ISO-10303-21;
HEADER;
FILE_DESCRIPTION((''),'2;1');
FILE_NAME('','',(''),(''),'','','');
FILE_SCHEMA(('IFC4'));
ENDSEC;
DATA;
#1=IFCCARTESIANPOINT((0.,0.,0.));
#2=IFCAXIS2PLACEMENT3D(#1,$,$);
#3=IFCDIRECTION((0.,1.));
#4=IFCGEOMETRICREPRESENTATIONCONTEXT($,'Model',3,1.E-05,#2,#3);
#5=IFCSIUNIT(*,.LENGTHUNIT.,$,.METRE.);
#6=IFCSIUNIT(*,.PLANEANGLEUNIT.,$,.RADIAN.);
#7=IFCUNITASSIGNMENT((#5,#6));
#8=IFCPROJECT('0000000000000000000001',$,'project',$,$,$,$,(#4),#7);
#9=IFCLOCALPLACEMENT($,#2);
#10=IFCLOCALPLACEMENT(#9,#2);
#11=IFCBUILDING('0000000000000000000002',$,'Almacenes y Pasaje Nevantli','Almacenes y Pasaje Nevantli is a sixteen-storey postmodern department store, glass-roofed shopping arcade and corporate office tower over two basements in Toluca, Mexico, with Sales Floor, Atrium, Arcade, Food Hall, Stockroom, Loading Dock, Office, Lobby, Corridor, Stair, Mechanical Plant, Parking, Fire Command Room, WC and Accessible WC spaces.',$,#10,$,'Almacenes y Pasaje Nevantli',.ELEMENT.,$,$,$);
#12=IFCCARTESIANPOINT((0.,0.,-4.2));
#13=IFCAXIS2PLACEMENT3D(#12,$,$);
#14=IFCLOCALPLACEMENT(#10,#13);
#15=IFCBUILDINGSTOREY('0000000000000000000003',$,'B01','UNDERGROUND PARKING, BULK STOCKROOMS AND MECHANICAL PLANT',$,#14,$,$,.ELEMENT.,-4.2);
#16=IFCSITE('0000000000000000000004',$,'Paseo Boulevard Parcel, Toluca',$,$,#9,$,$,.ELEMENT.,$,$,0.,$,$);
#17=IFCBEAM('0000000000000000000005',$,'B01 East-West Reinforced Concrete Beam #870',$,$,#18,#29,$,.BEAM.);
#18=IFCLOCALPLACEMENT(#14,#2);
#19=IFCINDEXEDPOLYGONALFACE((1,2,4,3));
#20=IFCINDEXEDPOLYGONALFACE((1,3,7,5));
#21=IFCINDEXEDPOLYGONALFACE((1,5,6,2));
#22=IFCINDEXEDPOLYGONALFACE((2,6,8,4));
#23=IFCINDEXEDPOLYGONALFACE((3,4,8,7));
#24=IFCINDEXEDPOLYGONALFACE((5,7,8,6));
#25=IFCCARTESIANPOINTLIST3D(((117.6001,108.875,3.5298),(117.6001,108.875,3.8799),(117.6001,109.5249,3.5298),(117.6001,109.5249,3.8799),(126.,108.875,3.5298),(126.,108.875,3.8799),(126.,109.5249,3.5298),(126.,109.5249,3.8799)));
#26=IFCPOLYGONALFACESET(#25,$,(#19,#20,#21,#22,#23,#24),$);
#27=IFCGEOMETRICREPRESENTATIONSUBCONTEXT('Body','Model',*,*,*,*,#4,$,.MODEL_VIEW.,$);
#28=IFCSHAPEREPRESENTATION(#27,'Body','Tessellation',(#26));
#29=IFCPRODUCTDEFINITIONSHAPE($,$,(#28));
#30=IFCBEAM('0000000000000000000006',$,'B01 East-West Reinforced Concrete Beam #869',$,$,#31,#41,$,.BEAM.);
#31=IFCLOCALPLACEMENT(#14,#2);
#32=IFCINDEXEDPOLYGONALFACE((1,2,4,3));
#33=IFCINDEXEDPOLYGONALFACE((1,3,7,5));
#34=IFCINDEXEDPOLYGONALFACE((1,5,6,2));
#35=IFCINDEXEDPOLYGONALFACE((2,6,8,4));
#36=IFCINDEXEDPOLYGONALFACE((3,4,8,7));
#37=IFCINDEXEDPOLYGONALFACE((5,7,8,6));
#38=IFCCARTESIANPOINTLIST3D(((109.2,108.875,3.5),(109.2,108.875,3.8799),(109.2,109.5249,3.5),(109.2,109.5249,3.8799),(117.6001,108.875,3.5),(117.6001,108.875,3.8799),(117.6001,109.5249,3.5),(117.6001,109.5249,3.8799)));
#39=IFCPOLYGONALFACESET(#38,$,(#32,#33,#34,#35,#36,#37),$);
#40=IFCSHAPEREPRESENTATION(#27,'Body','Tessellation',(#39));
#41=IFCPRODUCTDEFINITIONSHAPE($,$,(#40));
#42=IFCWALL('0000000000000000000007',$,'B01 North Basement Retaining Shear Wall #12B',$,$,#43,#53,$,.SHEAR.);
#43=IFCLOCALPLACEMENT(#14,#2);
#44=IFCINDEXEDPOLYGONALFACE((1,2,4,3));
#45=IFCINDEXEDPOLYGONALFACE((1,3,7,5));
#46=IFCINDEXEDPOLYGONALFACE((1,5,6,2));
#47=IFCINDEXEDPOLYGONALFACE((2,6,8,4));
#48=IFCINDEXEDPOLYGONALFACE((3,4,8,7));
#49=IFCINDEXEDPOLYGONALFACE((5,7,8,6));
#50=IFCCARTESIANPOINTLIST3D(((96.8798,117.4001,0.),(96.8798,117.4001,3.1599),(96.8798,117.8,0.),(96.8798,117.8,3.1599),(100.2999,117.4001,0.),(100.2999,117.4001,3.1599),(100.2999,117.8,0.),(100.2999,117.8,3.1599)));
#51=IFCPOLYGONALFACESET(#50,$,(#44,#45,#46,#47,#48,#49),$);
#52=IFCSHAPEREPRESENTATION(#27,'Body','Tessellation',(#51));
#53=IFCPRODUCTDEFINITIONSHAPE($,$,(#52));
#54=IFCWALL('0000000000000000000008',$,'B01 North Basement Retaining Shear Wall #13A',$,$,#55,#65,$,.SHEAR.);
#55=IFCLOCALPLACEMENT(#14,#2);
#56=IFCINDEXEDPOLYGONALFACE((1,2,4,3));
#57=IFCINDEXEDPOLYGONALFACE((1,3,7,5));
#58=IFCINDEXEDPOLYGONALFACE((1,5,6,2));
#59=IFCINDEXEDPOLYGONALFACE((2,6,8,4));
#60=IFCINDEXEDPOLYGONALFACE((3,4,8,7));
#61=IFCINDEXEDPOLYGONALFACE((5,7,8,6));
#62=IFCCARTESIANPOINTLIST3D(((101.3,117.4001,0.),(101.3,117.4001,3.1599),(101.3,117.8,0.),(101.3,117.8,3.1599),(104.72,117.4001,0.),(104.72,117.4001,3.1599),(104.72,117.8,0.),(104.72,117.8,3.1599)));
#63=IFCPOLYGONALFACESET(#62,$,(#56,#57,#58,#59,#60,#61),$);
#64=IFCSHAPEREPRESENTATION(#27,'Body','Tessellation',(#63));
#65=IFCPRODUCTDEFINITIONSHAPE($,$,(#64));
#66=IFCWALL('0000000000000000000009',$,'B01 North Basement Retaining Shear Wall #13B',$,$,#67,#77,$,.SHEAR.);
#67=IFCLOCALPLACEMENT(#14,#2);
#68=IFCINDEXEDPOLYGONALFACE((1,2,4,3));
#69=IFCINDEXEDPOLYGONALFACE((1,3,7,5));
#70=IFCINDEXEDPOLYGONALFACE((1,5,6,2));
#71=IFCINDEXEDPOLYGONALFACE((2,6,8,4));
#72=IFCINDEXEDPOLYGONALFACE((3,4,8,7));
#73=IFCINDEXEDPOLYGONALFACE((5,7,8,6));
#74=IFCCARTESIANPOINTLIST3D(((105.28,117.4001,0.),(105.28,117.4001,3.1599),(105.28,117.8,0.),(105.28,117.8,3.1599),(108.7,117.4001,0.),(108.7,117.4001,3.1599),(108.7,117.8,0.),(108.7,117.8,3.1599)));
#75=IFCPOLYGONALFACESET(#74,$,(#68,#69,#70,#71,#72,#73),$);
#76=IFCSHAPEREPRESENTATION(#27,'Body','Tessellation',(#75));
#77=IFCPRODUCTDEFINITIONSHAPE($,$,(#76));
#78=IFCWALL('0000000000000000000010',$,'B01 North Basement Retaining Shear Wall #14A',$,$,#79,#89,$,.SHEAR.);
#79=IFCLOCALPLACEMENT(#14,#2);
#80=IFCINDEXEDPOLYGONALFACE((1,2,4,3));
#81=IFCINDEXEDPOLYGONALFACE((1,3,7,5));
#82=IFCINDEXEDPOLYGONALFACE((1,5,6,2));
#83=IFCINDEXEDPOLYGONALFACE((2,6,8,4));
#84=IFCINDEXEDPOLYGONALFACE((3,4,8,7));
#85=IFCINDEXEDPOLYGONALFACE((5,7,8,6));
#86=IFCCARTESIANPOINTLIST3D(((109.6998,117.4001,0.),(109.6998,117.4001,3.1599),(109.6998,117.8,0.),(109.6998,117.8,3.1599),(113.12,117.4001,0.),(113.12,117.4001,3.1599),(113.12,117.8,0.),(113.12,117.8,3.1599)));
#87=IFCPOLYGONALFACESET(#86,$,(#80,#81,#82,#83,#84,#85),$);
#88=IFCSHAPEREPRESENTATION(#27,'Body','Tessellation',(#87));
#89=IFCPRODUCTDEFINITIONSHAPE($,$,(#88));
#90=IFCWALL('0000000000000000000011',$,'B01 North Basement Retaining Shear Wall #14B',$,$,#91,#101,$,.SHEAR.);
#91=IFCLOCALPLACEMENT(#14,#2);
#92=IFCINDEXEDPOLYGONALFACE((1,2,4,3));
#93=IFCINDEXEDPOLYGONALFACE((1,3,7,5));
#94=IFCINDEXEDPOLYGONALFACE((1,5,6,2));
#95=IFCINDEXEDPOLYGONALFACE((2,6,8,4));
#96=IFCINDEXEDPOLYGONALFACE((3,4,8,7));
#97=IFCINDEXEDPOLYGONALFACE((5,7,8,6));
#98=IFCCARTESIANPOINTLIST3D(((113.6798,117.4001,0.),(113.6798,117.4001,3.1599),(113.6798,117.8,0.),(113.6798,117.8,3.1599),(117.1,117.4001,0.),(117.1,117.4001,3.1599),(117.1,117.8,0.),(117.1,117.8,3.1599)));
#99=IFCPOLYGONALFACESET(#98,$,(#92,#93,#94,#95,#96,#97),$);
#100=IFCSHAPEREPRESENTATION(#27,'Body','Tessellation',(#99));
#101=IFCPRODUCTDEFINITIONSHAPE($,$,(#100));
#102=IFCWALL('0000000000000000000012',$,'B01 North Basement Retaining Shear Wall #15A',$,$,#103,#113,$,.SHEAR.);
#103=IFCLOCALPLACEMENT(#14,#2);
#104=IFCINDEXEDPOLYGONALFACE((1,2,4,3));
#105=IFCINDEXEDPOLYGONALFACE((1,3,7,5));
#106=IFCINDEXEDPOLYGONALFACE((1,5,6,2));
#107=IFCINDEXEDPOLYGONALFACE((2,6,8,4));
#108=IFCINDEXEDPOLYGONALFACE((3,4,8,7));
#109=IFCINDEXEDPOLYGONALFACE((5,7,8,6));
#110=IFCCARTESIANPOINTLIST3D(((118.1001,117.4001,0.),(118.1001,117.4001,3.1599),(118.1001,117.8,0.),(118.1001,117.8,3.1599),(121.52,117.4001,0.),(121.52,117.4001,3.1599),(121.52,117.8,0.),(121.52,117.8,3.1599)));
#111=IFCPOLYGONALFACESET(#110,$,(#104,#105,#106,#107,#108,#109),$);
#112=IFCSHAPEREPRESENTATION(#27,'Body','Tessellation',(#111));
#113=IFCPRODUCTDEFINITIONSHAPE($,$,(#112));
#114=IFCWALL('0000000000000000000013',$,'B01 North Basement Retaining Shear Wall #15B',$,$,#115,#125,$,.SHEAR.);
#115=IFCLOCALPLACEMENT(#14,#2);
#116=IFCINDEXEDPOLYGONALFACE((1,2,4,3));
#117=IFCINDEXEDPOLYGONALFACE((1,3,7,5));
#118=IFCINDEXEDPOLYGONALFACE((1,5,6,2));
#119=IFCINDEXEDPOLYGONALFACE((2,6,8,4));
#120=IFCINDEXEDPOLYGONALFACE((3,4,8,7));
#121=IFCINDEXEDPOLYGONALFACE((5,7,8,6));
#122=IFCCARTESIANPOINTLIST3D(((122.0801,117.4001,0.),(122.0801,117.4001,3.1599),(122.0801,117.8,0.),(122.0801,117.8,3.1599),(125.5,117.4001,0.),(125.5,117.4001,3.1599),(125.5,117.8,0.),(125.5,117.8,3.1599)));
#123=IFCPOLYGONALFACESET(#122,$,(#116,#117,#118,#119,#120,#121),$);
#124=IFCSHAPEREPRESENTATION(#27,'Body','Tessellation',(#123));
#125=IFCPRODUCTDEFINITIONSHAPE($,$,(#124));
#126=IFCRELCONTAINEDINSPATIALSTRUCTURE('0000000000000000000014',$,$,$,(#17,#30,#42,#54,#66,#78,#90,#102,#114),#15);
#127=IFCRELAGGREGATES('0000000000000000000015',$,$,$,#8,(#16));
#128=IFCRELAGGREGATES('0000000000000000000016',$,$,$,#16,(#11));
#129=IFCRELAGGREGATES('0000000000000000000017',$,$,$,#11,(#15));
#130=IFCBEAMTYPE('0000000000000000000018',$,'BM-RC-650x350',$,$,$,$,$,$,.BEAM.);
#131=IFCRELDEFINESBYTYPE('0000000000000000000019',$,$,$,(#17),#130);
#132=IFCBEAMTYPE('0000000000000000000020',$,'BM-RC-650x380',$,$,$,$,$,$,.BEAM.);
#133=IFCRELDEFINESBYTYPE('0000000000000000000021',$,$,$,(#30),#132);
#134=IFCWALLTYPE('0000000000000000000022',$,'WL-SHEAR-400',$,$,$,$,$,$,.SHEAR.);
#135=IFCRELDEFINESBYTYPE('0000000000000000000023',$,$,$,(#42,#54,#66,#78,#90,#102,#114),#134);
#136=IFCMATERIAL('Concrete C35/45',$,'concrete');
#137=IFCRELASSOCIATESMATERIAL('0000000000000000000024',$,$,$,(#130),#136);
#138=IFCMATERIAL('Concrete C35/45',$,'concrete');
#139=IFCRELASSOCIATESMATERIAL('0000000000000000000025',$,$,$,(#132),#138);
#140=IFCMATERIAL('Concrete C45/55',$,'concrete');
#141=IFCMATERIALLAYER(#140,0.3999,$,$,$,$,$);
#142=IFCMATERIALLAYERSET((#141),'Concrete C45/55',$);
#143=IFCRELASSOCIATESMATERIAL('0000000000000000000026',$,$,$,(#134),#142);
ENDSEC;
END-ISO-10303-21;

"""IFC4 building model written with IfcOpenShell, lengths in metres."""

from ifc_helpers import new_model, si_unit, direction, frame, frame_2d, origin, origin_2d, place, context, subcontext, project, spatial, rectangle, extrude, material, layer, layer_set, material_profile, profile_set, type_object, element, save


model = new_model("IFC4")

# Units and contexts
model_context = context("Model", 3, precision=1e-05, world=origin(), true_north=direction((0.0, 1.0)))
body_context = subcontext(model_context, "Body", "Model", "MODEL_VIEW")
ifc_project = project(units=[si_unit("LENGTHUNIT", "METRE"), si_unit("PLANEANGLEUNIT", "RADIAN")], contexts=[model_context])

# Site, building, storey
site_placement = place(None, origin())
site = spatial("IfcSite", under=ifc_project, at=site_placement, Name="Paseo Boulevard Parcel, Toluca", CompositionType="ELEMENT", RefElevation=0.0)
building_placement = place(site_placement, origin())
building = spatial("IfcBuilding", under=site, at=building_placement, Name="Almacenes y Pasaje Nevantli", Description="Almacenes y Pasaje Nevantli is a sixteen-storey postmodern department store, glass-roofed shopping arcade and corporate office tower over two basements in Toluca, Mexico, with Sales Floor, Atrium, Arcade, Food Hall, Stockroom, Loading Dock, Office, Lobby, Corridor, Stair, Mechanical Plant, Parking, Fire Command Room, WC and Accessible WC spaces.", LongName="Almacenes y Pasaje Nevantli", CompositionType="ELEMENT")
storey_placement = place(building_placement, frame((0.0, 0.0, -4.2)))
storey = spatial("IfcBuildingStorey", under=building, at=storey_placement, Name="B01", Description="UNDERGROUND PARKING, BULK STOCKROOMS AND MECHANICAL PLANT", CompositionType="ELEMENT", Elevation=-4.2)

# Beams
ifc_material_1 = material(Name="Concrete C35/45", Category="concrete")
ifc_material_profile_1 = material_profile(ifc_material_1, rectangle(XDim=0.6499, YDim=0.3501, at=origin_2d()), Name="RC-BM-650x350")
ifc_profile_set_1 = profile_set([ifc_material_profile_1], Name="Concrete C35/45")
beam_type_1 = type_object("IfcBeamType", Name="BM-RC-650x350", PredefinedType="BEAM", material=ifc_profile_set_1)
beam_1_placement = place(storey_placement, frame((117.6001, 109.2, 3.7048), z_axis=(1.0, 0.0, 0.0), x_axis=(0.0, 1.0, 0.0)))
element("IfcBeam", 1, at=beam_1_placement, inside=storey, type_object=beam_type_1, Name="B01 East-West Reinforced Concrete Beam #870", PredefinedType="BEAM", context=body_context, shape_type="SweptSolid", body=[
    extrude(rectangle(XDim=0.6499, YDim=0.3501, at=origin_2d()), origin(), (0.0, 0.0, 1.0), 8.3999),
])
ifc_material_2 = material(Name="Concrete C35/45", Category="concrete")
ifc_material_profile_2 = material_profile(ifc_material_2, rectangle(XDim=0.6499, YDim=0.3799, at=origin_2d()), Name="RC-BM-650x380")
ifc_profile_set_2 = profile_set([ifc_material_profile_2], Name="Concrete C35/45")
beam_type_2 = type_object("IfcBeamType", Name="BM-RC-650x380", PredefinedType="BEAM", material=ifc_profile_set_2)
beam_2_placement = place(storey_placement, frame((109.2, 109.2, 3.6899), z_axis=(1.0, 0.0, 0.0), x_axis=(0.0, 1.0, 0.0)))
element("IfcBeam", 2, at=beam_2_placement, inside=storey, type_object=beam_type_2, Name="B01 East-West Reinforced Concrete Beam #869", PredefinedType="BEAM", context=body_context, shape_type="SweptSolid", body=[
    extrude(rectangle(XDim=0.6499, YDim=0.3799, at=origin_2d()), origin(), (0.0, 0.0, 1.0), 8.4001),
])

# Walls
ifc_material_3 = material(Name="Concrete C45/55", Category="concrete")
ifc_layer = layer(ifc_material_3, 0.3999)
ifc_layer_set = layer_set([ifc_layer], Name="Concrete C45/55")
wall_type = type_object("IfcWallType", Name="WL-SHEAR-400", PredefinedType="SHEAR", material=ifc_layer_set)
wall_placement = place(storey_placement, frame((96.8799, 117.6001, 0.0), z_axis=(0.0, 0.0, 1.0), x_axis=(1.0, 0.0, 0.0)))
element("IfcWall", 3, at=wall_placement, inside=storey, type_object=wall_type, Name="B01 North Basement Retaining Shear Wall #12B", PredefinedType="SHEAR", context=body_context, shape_type="SweptSolid", body=[
    extrude(rectangle(XDim=3.4202, YDim=0.3999, at=frame_2d((1.71, 0.0))), origin(), (0.0, 0.0, 1.0), 3.1599),
])
for number, where, z_axis, x_axis, name in (
    (4, (101.3, 117.6001, 0.0), (0.0, 0.0, 1.0), (1.0, 0.0, 0.0), "B01 North Basement Retaining Shear Wall #13A"),
    (5, (105.28, 117.6001, 0.0), (0.0, 0.0, 1.0), (1.0, 0.0, 0.0), "B01 North Basement Retaining Shear Wall #13B"),
):
    element("IfcWall", number, at=place(storey_placement, frame(where, z_axis=z_axis, x_axis=x_axis)), inside=storey, type_object=wall_type, Name=name, PredefinedType="SHEAR", context=body_context, shape_type="SweptSolid", body=[
        extrude(rectangle(XDim=3.4199, YDim=0.3999, at=frame_2d((1.71, 0.0))), origin(), (0.0, 0.0, 1.0), 3.1599),
    ])
for number, where, z_axis, x_axis, name in (
    (6, (109.7, 117.6001, 0.0), (0.0, 0.0, 1.0), (1.0, 0.0, 0.0), "B01 North Basement Retaining Shear Wall #14A"),
    (7, (113.6799, 117.6001, 0.0), (0.0, 0.0, 1.0), (1.0, 0.0, 0.0), "B01 North Basement Retaining Shear Wall #14B"),
):
    element("IfcWall", number, at=place(storey_placement, frame(where, z_axis=z_axis, x_axis=x_axis)), inside=storey, type_object=wall_type, Name=name, PredefinedType="SHEAR", context=body_context, shape_type="SweptSolid", body=[
        extrude(rectangle(XDim=3.4202, YDim=0.3999, at=frame_2d((1.71, 0.0))), origin(), (0.0, 0.0, 1.0), 3.1599),
    ])
for number, where, z_axis, x_axis, name in (
    (8, (118.1001, 117.6001, 0.0), (0.0, 0.0, 1.0), (1.0, 0.0, 0.0), "B01 North Basement Retaining Shear Wall #15A"),
    (9, (122.0801, 117.6001, 0.0), (0.0, 0.0, 1.0), (1.0, 0.0, 0.0), "B01 North Basement Retaining Shear Wall #15B"),
):
    element("IfcWall", number, at=place(storey_placement, frame(where, z_axis=z_axis, x_axis=x_axis)), inside=storey, type_object=wall_type, Name=name, PredefinedType="SHEAR", context=body_context, shape_type="SweptSolid", body=[
        extrude(rectangle(XDim=3.4199, YDim=0.3999, at=frame_2d((1.71, 0.0))), origin(), (0.0, 0.0, 1.0), 3.1599),
    ])

save(model, "model.ifc")
